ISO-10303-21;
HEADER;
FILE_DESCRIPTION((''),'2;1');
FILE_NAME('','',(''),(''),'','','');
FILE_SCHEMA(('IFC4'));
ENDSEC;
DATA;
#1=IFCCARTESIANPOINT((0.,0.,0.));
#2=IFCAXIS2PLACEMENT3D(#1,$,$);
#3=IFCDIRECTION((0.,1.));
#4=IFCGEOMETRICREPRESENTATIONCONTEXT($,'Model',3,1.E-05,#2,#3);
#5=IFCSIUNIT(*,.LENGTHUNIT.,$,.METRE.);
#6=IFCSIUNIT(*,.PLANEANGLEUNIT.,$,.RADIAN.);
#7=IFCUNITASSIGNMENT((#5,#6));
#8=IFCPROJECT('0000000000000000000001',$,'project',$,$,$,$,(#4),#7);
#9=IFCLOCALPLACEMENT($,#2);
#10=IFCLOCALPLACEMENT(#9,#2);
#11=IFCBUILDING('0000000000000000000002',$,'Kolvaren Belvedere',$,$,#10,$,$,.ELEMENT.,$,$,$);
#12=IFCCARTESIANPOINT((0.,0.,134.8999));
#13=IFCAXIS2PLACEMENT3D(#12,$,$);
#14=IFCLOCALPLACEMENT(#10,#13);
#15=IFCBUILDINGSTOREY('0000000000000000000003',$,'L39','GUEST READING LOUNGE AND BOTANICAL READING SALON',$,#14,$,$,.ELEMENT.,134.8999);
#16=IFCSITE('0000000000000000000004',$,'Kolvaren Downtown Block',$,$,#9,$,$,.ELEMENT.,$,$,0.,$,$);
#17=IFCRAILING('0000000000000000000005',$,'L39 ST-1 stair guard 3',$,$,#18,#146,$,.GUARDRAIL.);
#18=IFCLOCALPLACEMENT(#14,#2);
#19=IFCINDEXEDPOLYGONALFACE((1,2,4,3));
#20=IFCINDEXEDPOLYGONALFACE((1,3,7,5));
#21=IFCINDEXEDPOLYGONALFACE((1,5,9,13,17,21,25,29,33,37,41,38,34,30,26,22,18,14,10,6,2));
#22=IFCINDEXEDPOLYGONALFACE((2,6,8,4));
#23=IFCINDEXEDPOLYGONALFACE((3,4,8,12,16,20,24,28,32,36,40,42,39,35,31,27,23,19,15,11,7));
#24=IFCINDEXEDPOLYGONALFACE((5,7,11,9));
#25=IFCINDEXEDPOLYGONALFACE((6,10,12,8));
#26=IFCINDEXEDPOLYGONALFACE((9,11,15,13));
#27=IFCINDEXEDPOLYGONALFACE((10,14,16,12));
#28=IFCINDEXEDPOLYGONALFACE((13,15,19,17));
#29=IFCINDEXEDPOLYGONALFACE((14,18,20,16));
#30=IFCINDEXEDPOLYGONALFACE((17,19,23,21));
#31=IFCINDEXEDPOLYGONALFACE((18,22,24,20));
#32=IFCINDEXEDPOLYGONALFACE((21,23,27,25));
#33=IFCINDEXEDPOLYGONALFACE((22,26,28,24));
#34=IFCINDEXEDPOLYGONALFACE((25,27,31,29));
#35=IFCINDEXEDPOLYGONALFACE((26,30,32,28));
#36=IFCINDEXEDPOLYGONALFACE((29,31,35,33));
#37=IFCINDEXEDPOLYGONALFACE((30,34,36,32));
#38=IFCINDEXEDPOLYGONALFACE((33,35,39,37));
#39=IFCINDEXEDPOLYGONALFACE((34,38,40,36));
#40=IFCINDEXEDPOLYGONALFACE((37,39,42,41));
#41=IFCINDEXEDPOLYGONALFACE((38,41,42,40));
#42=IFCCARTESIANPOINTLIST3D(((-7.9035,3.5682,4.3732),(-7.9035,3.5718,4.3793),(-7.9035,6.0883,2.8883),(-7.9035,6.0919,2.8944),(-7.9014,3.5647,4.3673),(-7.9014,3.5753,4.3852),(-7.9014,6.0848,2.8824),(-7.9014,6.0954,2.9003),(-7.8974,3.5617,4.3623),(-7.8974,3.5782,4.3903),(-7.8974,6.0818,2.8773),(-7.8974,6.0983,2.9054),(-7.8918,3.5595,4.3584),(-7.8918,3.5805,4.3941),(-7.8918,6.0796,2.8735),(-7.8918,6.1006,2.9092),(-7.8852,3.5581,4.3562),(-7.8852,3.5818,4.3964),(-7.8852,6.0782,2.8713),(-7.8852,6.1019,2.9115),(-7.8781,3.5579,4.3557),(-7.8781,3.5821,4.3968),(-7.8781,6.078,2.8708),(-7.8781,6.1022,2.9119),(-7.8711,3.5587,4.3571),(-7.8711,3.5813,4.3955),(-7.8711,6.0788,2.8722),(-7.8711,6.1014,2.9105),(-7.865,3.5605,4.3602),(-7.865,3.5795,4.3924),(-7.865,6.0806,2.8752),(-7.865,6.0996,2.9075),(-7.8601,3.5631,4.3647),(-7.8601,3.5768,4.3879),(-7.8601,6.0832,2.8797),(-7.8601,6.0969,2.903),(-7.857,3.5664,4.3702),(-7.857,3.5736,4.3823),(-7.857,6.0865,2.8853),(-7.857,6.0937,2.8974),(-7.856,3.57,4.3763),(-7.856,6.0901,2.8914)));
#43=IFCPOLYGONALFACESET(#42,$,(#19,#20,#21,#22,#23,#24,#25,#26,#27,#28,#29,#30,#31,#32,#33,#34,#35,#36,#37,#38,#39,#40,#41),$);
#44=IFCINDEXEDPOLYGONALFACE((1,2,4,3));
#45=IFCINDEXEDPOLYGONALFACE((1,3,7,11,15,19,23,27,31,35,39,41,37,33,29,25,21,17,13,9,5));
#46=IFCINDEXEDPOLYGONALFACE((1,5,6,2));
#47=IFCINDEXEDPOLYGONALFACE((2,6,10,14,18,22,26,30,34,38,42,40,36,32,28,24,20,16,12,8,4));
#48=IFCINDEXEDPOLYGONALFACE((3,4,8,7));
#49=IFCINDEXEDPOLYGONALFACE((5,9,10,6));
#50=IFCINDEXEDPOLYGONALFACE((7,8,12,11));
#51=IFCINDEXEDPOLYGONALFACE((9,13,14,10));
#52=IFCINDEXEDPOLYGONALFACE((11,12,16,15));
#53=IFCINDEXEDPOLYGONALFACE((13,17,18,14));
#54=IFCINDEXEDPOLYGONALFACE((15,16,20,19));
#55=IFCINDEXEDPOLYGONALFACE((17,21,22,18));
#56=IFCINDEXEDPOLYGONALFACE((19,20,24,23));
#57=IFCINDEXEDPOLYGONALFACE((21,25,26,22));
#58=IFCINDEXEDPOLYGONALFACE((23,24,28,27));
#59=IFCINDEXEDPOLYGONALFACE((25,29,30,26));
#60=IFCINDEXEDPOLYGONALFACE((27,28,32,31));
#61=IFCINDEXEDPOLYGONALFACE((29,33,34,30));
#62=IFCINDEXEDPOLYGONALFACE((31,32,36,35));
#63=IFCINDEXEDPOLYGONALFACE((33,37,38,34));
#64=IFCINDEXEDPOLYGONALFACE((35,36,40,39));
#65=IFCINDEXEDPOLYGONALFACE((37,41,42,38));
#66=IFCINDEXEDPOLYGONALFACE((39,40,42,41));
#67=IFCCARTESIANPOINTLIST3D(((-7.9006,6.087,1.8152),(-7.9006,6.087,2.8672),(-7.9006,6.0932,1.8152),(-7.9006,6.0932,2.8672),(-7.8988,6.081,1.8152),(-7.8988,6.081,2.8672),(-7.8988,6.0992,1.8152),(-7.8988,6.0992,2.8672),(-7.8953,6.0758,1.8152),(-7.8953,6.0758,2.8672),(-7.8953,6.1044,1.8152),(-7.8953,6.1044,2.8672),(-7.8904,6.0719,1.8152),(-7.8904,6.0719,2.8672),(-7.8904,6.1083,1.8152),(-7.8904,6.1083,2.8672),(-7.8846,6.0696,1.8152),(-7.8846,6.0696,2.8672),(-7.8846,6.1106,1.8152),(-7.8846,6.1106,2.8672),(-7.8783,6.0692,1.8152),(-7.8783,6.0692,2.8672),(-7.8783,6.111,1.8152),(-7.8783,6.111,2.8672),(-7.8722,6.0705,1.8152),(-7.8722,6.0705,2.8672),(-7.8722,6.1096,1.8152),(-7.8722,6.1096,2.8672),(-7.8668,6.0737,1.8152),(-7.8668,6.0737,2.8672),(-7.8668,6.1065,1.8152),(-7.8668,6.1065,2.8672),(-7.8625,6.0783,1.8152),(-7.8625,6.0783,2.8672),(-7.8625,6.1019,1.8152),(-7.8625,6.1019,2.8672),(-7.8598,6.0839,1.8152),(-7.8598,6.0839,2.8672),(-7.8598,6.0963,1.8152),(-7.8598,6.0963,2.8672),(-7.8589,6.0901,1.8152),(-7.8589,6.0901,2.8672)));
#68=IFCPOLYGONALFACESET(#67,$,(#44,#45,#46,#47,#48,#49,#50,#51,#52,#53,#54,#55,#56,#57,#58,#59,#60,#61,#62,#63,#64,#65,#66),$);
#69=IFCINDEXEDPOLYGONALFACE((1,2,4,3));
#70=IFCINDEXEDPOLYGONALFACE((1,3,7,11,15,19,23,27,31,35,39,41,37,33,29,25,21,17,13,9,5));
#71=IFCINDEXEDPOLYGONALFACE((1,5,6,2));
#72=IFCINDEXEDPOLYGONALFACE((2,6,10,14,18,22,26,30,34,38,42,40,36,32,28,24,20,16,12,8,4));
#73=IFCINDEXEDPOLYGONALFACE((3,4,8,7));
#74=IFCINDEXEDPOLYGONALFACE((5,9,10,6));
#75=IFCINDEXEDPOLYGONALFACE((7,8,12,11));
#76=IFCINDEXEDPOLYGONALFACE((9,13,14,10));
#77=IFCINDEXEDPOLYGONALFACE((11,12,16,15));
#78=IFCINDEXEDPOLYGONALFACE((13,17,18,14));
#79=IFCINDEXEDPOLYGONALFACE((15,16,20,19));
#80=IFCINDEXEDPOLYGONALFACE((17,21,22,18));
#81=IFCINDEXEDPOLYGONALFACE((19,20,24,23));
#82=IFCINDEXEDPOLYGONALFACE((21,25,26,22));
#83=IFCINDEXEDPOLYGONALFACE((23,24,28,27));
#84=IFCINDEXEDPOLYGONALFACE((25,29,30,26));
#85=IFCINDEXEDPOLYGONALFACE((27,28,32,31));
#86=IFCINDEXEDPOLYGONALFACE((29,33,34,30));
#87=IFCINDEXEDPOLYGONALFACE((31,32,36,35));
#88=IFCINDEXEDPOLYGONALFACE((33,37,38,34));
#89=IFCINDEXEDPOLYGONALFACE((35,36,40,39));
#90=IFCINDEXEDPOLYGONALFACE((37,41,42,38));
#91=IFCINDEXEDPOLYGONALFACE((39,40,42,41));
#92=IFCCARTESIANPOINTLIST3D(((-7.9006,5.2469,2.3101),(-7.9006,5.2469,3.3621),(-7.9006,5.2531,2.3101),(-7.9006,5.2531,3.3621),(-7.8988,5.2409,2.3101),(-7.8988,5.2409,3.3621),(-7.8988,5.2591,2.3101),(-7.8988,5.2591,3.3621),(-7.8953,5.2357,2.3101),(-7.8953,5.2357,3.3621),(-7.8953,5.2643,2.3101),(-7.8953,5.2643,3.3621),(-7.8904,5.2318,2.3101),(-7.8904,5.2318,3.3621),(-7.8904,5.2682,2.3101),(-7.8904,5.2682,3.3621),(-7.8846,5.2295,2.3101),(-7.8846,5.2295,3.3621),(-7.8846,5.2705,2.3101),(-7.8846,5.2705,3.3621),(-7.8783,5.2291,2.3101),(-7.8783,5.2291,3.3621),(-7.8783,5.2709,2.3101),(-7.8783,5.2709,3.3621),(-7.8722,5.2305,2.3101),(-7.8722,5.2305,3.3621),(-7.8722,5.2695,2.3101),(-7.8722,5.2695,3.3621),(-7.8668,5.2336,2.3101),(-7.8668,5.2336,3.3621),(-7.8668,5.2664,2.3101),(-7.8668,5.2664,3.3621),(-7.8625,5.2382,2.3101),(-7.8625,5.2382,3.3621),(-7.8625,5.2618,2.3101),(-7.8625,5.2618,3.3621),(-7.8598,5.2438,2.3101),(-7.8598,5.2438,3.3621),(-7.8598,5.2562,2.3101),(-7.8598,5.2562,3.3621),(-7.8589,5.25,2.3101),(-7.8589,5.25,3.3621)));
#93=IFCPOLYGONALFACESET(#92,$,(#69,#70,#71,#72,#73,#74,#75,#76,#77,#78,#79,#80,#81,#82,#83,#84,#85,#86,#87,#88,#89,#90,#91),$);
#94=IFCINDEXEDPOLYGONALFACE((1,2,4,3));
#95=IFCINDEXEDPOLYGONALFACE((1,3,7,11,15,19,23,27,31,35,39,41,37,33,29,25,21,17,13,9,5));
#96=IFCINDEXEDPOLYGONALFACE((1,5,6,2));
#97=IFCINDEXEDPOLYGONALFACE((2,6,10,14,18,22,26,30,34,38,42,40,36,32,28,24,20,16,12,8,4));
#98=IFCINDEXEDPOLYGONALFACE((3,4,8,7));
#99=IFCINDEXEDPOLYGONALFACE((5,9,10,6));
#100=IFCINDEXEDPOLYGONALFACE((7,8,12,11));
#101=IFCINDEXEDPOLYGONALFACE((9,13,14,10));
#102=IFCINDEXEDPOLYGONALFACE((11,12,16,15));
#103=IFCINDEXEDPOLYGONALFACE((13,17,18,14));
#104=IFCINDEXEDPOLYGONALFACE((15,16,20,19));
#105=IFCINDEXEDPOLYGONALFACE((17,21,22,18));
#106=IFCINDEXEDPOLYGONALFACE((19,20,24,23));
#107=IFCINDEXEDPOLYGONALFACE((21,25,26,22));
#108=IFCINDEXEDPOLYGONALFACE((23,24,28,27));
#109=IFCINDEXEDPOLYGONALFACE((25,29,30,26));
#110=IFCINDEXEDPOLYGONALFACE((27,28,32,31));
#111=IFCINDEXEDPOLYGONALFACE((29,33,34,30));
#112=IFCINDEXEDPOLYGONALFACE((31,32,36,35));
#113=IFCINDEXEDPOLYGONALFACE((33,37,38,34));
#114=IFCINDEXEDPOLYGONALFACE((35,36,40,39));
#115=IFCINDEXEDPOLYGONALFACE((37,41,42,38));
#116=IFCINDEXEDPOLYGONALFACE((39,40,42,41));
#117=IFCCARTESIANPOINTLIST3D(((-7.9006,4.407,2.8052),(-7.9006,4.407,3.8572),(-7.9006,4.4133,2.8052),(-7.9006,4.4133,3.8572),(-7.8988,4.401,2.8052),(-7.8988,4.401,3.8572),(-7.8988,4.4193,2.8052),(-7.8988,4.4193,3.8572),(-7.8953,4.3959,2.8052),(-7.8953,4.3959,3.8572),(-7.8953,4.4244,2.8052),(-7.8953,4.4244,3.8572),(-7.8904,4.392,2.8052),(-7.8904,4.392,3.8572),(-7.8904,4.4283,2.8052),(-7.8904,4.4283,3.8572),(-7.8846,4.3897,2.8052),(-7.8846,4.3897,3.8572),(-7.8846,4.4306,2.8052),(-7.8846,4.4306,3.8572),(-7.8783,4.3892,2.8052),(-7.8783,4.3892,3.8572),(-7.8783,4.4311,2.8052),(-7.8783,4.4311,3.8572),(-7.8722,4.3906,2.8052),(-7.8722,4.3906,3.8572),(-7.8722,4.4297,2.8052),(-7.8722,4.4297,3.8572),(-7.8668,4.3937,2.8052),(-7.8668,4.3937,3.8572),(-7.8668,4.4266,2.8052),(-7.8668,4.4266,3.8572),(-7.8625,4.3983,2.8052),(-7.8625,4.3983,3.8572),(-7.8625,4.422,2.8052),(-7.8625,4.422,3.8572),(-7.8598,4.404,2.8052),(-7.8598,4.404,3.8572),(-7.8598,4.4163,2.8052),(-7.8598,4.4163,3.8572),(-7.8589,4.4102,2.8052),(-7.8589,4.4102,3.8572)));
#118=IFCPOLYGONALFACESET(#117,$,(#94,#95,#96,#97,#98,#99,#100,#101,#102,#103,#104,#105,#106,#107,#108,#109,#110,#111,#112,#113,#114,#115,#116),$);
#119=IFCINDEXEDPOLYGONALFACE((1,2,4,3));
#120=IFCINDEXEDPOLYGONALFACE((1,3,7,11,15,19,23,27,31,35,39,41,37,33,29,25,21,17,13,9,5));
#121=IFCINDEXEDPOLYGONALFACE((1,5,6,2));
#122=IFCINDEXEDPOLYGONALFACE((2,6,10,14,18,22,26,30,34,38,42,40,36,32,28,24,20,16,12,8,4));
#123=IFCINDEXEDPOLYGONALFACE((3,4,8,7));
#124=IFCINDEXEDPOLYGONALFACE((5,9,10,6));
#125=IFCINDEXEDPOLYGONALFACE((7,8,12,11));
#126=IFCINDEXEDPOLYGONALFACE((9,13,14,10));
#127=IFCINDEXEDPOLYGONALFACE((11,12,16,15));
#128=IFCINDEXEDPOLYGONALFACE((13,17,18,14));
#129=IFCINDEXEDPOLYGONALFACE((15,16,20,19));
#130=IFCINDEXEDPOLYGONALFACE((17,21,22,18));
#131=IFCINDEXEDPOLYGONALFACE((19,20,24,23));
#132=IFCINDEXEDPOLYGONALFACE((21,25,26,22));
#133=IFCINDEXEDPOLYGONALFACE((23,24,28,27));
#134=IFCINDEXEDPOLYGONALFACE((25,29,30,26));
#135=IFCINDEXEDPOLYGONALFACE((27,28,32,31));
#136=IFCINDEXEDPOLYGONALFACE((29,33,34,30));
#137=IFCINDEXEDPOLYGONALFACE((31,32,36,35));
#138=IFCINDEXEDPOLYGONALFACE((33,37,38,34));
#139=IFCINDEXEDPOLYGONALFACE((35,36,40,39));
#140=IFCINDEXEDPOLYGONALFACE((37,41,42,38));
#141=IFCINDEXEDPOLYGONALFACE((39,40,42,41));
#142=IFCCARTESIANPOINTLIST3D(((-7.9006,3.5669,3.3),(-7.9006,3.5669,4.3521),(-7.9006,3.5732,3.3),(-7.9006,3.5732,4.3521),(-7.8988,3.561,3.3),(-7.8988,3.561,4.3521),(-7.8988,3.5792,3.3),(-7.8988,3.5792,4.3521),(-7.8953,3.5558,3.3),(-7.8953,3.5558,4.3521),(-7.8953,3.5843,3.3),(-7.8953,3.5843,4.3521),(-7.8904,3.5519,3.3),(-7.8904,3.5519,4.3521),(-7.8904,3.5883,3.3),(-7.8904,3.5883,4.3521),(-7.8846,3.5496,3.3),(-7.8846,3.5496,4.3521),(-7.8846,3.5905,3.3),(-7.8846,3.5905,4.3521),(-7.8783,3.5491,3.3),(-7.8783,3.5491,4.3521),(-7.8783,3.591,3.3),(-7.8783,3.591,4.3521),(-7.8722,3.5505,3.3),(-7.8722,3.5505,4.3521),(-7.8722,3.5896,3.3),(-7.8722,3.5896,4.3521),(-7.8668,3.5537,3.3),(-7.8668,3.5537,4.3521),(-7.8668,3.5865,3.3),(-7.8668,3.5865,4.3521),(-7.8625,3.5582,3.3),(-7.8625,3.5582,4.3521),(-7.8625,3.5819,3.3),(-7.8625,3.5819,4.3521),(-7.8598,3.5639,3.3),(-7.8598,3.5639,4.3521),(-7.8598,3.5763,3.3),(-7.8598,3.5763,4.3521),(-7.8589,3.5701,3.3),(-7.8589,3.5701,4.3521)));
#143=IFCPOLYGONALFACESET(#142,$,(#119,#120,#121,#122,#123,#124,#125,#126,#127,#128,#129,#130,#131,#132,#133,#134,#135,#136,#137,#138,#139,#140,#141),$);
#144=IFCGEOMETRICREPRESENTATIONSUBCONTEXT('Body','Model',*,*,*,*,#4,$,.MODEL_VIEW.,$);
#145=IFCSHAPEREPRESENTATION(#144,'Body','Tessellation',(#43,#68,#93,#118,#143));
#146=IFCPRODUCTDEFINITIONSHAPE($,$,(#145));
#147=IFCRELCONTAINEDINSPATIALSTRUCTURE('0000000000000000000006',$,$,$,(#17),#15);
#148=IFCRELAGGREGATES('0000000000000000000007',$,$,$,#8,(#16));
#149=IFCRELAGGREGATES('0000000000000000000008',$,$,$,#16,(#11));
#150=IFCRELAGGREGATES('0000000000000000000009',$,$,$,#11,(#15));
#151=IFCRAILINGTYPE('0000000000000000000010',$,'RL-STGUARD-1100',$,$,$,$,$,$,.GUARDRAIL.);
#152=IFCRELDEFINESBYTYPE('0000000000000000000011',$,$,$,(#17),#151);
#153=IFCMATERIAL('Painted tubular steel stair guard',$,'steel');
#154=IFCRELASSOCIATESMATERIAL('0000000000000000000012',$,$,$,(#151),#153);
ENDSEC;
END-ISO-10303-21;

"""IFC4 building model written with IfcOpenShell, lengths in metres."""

from ifc_helpers import new_model, si_unit, direction, frame, origin, origin_2d, place, context, subcontext, project, spatial, circle, extrude, material, type_object, element, save


model = new_model("IFC4")

# Units and contexts
model_context = context("Model", 3, precision=1e-05, world=origin(), true_north=direction((0.0, 1.0)))
body_context = subcontext(model_context, "Body", "Model", "MODEL_VIEW")
ifc_project = project(units=[si_unit("LENGTHUNIT", "METRE"), si_unit("PLANEANGLEUNIT", "RADIAN")], contexts=[model_context])

# Site, building, storey
site_placement = place(None, origin())
site = spatial("IfcSite", under=ifc_project, at=site_placement, Name="Kolvaren Downtown Block", CompositionType="ELEMENT", RefElevation=0.0)
building_placement = place(site_placement, origin())
building = spatial("IfcBuilding", under=site, at=building_placement, Name="Kolvaren Belvedere", CompositionType="ELEMENT")
storey_placement = place(building_placement, frame((0.0, 0.0, 134.8999)))
storey = spatial("IfcBuildingStorey", under=building, at=storey_placement, Name="L39", Description="GUEST READING LOUNGE AND BOTANICAL READING SALON", CompositionType="ELEMENT", Elevation=134.8999)

# Railing
ifc_material_1 = material(Name="Painted tubular steel stair guard", Category="steel")
railing_type_1 = type_object("IfcRailingType", Name="RL-STGUARD-1100", PredefinedType="GUARDRAIL", material=ifc_material_1)
railing_1_placement = place(storey_placement, frame((-7.8799, 6.0901, 1.8152)))
element("IfcRailing", 1, at=railing_1_placement, inside=storey, type_object=railing_type_1, Name="L39 ST-1 stair guard 3", PredefinedType="GUARDRAIL", context=body_context, shape_type="SweptSolid", body=[
    extrude(circle(Radius=0.0239, at=origin_2d()), frame((0.0, 0.0, 1.0762), z_axis=(0.0, -0.861561, 0.507655), x_axis=(1.0, 0.0, 0.0)), (0.0, 0.0, 1.0), 2.925),
    extrude(circle(Radius=0.021, at=origin_2d()), origin(), (0.0, 0.0, 1.0), 1.052),
    extrude(circle(Radius=0.021, at=origin_2d()), frame((0.0, -0.8401, 0.4949)), (0.0, 0.0, 1.0), 1.052),
    extrude(circle(Radius=0.021, at=origin_2d()), frame((0.0, -1.6799, 0.99)), (0.0, 0.0, 1.0), 1.052),
    extrude(circle(Radius=0.021, at=origin_2d()), frame((0.0, -2.52, 1.4849)), (0.0, 0.0, 1.0), 1.052),
])

save(model, "model.ifc")
